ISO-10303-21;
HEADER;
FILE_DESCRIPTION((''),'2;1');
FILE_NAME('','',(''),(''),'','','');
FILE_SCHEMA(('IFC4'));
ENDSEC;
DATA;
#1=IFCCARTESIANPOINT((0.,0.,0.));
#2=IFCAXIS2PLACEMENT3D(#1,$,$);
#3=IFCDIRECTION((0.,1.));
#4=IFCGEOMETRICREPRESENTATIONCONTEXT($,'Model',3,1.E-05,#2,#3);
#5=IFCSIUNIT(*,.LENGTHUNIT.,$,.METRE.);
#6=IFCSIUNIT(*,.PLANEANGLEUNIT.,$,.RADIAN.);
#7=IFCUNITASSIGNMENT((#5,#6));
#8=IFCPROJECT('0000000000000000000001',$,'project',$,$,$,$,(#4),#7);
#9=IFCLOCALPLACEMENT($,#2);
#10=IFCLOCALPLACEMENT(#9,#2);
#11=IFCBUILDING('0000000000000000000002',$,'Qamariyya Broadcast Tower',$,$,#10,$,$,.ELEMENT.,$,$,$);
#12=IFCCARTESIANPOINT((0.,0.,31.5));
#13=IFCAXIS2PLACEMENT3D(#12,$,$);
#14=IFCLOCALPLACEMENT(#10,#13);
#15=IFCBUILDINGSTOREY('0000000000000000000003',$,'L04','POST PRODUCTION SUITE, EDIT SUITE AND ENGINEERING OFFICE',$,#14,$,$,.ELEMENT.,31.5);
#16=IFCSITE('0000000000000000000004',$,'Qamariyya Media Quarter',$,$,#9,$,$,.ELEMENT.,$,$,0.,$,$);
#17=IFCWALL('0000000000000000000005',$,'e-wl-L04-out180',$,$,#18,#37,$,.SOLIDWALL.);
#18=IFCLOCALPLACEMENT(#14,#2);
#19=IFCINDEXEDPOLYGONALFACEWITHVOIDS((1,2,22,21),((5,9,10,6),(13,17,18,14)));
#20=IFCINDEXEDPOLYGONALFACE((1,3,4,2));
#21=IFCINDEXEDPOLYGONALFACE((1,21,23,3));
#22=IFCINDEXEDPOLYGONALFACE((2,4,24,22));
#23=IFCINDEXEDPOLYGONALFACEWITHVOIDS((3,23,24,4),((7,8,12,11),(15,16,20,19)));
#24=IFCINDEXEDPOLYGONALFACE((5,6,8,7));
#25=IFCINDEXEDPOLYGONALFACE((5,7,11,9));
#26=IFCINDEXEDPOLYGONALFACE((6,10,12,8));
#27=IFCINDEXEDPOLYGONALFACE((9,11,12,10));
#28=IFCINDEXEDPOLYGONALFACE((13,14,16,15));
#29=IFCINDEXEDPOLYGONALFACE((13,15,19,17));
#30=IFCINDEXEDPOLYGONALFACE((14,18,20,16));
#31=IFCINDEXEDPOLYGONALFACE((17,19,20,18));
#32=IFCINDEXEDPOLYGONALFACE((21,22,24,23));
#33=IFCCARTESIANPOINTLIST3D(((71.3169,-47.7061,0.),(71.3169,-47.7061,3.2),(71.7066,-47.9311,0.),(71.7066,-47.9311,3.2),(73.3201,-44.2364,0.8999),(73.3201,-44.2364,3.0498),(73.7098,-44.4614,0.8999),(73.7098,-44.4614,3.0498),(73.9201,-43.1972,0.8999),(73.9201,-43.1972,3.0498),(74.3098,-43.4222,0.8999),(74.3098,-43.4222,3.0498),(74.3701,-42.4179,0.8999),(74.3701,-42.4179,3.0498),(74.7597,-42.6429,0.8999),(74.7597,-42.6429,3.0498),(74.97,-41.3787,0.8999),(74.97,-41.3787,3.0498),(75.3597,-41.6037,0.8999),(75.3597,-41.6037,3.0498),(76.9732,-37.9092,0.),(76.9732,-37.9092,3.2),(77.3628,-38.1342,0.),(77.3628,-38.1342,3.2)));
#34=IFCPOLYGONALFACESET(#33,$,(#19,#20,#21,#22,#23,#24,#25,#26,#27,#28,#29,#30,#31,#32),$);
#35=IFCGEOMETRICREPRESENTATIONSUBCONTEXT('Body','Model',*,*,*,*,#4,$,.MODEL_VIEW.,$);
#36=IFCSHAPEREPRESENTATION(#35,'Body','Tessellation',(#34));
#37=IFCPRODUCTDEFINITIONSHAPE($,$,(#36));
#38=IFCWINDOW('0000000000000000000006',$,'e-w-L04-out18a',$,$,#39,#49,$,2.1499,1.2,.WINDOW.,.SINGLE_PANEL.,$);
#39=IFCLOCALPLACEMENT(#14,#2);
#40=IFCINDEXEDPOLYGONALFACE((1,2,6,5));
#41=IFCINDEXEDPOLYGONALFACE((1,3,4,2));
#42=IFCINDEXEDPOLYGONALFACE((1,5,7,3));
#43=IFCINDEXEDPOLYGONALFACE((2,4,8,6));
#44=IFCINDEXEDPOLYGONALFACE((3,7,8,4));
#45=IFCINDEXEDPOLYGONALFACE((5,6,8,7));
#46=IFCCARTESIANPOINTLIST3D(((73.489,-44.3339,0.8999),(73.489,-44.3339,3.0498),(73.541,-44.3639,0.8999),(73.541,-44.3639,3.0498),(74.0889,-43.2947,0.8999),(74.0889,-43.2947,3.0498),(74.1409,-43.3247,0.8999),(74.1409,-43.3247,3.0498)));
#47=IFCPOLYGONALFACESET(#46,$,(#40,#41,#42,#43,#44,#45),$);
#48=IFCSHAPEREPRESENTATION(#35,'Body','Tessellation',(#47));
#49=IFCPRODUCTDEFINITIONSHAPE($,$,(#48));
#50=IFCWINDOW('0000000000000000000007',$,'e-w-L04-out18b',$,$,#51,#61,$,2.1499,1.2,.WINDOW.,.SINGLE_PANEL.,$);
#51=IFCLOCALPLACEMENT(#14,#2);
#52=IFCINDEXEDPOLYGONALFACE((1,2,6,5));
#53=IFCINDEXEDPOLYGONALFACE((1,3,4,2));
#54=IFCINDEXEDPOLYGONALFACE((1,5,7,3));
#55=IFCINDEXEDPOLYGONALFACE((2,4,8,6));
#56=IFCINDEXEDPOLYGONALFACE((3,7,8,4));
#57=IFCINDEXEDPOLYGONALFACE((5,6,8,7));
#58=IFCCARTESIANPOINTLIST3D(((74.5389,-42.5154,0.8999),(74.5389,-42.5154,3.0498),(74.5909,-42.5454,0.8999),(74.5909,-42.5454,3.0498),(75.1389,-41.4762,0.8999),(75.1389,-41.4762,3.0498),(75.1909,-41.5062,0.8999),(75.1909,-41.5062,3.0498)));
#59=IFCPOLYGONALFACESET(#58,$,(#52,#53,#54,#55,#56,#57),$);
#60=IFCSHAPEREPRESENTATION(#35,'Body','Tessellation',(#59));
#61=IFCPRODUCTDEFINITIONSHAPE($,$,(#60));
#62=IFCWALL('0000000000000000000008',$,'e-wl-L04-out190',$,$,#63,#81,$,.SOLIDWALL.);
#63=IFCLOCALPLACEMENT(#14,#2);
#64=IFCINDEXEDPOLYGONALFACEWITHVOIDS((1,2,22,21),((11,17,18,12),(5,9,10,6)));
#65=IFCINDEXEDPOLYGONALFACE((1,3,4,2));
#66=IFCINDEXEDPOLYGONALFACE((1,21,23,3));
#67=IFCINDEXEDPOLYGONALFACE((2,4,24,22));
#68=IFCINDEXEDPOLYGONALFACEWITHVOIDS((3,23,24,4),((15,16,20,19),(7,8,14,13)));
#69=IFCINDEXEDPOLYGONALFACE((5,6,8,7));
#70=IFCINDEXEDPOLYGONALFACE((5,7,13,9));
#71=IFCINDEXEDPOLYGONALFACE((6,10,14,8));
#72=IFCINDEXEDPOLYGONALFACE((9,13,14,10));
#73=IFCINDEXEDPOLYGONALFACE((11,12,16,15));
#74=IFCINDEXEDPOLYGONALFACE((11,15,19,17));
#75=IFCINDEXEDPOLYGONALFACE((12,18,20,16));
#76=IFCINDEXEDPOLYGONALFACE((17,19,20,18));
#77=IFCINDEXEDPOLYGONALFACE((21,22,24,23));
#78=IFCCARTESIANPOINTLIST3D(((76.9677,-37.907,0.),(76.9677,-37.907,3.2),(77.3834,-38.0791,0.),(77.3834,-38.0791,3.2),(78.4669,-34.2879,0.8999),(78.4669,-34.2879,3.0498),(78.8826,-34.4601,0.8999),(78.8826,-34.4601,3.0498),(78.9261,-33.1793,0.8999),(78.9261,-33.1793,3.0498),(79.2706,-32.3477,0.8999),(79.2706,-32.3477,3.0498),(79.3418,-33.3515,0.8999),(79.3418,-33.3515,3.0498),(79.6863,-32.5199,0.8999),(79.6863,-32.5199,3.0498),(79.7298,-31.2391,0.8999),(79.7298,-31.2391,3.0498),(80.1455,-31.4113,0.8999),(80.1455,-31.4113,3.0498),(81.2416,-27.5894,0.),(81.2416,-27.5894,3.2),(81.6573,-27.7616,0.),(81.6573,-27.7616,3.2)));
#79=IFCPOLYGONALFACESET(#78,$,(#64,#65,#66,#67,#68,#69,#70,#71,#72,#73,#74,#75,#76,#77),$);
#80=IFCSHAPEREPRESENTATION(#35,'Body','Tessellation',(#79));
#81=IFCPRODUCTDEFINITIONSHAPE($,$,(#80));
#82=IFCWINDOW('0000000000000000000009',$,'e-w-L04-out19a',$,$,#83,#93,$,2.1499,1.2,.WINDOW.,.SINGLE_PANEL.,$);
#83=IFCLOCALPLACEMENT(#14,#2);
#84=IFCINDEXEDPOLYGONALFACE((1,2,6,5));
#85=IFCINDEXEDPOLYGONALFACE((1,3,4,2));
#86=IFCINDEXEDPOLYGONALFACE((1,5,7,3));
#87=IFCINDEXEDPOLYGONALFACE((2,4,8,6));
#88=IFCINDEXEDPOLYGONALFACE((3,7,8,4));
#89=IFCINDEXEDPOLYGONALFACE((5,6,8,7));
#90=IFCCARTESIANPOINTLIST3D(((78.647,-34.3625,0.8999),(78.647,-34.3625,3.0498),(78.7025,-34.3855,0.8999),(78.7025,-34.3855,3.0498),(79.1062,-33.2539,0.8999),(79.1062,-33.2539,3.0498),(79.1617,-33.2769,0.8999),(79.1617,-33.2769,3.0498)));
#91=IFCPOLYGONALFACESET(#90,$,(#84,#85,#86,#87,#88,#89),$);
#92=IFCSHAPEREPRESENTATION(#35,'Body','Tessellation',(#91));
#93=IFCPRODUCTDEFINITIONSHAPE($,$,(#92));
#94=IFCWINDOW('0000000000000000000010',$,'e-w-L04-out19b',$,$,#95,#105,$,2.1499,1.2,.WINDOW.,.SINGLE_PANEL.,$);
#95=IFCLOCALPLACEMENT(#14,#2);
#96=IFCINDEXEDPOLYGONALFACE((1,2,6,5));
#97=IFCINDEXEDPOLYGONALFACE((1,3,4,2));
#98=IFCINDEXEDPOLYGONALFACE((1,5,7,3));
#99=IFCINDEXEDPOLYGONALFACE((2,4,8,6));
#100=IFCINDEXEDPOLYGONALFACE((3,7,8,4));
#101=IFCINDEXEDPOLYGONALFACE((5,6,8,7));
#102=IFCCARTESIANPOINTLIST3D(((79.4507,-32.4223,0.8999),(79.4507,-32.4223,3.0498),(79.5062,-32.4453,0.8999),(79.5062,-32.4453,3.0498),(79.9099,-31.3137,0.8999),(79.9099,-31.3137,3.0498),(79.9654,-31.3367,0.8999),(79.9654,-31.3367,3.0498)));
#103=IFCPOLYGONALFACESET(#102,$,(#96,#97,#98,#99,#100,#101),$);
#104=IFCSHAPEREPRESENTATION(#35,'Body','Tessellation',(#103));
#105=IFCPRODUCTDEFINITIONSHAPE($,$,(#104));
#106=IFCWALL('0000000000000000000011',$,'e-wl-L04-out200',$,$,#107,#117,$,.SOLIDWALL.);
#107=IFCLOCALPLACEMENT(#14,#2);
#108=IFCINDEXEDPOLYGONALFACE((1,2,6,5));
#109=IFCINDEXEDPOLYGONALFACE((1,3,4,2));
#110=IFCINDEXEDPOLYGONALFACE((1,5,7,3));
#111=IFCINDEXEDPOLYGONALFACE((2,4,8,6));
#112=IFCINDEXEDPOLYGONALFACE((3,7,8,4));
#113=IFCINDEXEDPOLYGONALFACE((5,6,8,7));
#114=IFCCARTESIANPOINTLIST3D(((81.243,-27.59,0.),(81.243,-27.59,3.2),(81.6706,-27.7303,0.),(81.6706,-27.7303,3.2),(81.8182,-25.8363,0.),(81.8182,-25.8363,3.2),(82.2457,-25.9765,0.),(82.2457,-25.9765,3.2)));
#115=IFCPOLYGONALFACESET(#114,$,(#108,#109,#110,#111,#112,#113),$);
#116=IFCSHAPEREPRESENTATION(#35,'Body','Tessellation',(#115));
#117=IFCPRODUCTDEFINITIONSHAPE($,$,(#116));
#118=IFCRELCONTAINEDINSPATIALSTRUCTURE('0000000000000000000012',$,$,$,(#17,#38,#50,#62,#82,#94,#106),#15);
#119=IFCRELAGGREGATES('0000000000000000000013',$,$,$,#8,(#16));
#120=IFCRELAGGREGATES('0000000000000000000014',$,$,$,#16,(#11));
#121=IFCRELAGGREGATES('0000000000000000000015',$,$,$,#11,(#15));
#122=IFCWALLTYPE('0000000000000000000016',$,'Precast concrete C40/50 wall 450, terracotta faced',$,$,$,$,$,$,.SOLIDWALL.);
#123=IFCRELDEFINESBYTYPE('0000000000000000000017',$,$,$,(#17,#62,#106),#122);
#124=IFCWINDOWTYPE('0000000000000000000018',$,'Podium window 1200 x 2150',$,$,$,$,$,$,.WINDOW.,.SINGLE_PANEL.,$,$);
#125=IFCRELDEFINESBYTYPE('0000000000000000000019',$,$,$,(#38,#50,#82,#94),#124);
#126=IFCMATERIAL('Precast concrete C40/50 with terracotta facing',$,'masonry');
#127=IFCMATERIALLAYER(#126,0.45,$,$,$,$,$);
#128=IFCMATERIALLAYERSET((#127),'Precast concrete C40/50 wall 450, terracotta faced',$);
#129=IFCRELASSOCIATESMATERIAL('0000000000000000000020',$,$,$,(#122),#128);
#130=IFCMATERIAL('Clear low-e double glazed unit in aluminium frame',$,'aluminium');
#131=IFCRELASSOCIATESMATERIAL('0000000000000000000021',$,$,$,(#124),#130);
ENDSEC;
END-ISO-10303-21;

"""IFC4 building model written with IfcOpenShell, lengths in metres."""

from ifc_helpers import new_model, si_unit, direction, frame, frame_2d, origin, place, context, subcontext, project, spatial, rectangle, extrude, material, layer, layer_set, type_object, element, fill, save


model = new_model("IFC4")

# Units and contexts
model_context = context("Model", 3, precision=1e-05, world=origin(), true_north=direction((0.0, 1.0)))
body_context = subcontext(model_context, "Body", "Model", "MODEL_VIEW")
ifc_project = project(units=[si_unit("LENGTHUNIT", "METRE"), si_unit("PLANEANGLEUNIT", "RADIAN")], contexts=[model_context])

# Site, building, storey
site_placement = place(None, origin())
site = spatial("IfcSite", under=ifc_project, at=site_placement, Name="Qamariyya Media Quarter", CompositionType="ELEMENT", RefElevation=0.0)
building_placement = place(site_placement, origin())
building = spatial("IfcBuilding", under=site, at=building_placement, Name="Qamariyya Broadcast Tower", CompositionType="ELEMENT")
storey_placement = place(building_placement, frame((0.0, 0.0, 31.5)))
storey = spatial("IfcBuildingStorey", under=building, at=storey_placement, Name="L04", Description="POST PRODUCTION SUITE, EDIT SUITE AND ENGINEERING OFFICE", CompositionType="ELEMENT", Elevation=31.5)

# Shared definitions
ifc_material_1 = material(Name="Precast concrete C40/50 with terracotta facing", Category="masonry")
ifc_layer_1 = layer(ifc_material_1, 0.45)
ifc_layer_set_1 = layer_set([ifc_layer_1], Name="Precast concrete C40/50 wall 450, terracotta faced")
wall_type_1 = type_object("IfcWallType", Name="Precast concrete C40/50 wall 450, terracotta faced", PredefinedType="SOLIDWALL", material=ifc_layer_set_1)

# Walls, openings, windows
wall_1_placement = place(storey_placement, frame((71.5117, -47.8186, 0.0), z_axis=(0.0, 0.0, 1.0), x_axis=(0.500001, 0.866025, 0.0)))
wall_1 = element("IfcWall", 1, at=wall_1_placement, inside=storey, type_object=wall_type_1, Name="e-wl-L04-out180", PredefinedType="SOLIDWALL", context=body_context, shape_type="SweptSolid", body=[
    extrude(rectangle(XDim=11.3125, YDim=0.45, at=frame_2d((5.6562, 0.0))), origin(), (0.0, 0.0, 1.0), 3.2),
])
opening_1_placement = place(wall_1_placement, frame((4.0063, 0.0, 0.8999)))
opening_1 = element("IfcOpeningElement", 2, at=opening_1_placement, cuts=wall_1, PredefinedType="OPENING", context=body_context, shape_type="SweptSolid", body=[
    extrude(rectangle(XDim=1.2, YDim=2.1499, at=frame_2d((0.6001, 1.075))), frame((0.0, 0.2349, 0.0), z_axis=(0.0, -1.0, 0.0), x_axis=(1.0, 0.0, 0.0)), (0.0, 0.0, 1.0), 0.47),
])
opening_2_placement = place(wall_1_placement, frame((6.1062, 0.0, 0.8999)))
opening_2 = element("IfcOpeningElement", 3, at=opening_2_placement, cuts=wall_1, PredefinedType="OPENING", context=body_context, shape_type="SweptSolid", body=[
    extrude(rectangle(XDim=1.2, YDim=2.1499, at=frame_2d((0.6001, 1.075))), frame((0.0, 0.2349, 0.0), z_axis=(0.0, -1.0, 0.0), x_axis=(1.0, 0.0, 0.0)), (0.0, 0.0, 1.0), 0.47),
])
ifc_material_2 = material(Name="Clear low-e double glazed unit in aluminium frame", Category="aluminium")
window_type = type_object("IfcWindowType", Name="Podium window 1200 x 2150", PartitioningType="SINGLE_PANEL", PredefinedType="WINDOW", material=ifc_material_2)
window_1_placement = place(opening_1_placement, origin())
window_1 = element("IfcWindow", 4, at=window_1_placement, inside=storey, type_object=window_type, Name="e-w-L04-out18a", OverallHeight=2.1499, OverallWidth=1.2, PartitioningType="SINGLE_PANEL", PredefinedType="WINDOW", context=body_context, shape_type="SweptSolid", body=[
    extrude(rectangle(XDim=1.2, YDim=2.1499, at=frame_2d((0.6001, 1.075))), frame((0.0, 0.03, 0.0), z_axis=(0.0, -1.0, 0.0), x_axis=(1.0, 0.0, 0.0)), (0.0, 0.0, 1.0), 0.0601),
])
fill(opening_1, window_1)
window_2_placement = place(opening_2_placement, origin())
window_2 = element("IfcWindow", 5, at=window_2_placement, inside=storey, type_object=window_type, Name="e-w-L04-out18b", OverallHeight=2.1499, OverallWidth=1.2, PartitioningType="SINGLE_PANEL", PredefinedType="WINDOW", context=body_context, shape_type="SweptSolid", body=[
    extrude(rectangle(XDim=1.2, YDim=2.1499, at=frame_2d((0.6001, 1.075))), frame((0.0, 0.03, 0.0), z_axis=(0.0, -1.0, 0.0), x_axis=(1.0, 0.0, 0.0)), (0.0, 0.0, 1.0), 0.0601),
])
fill(opening_2, window_2)
wall_2_placement = place(storey_placement, frame((77.1755, -37.9932, 0.0), z_axis=(0.0, 0.0, 1.0), x_axis=(0.382701, 0.923872, 0.0)))
wall_2 = element("IfcWall", 6, at=wall_2_placement, inside=storey, type_object=wall_type_1, Name="e-wl-L04-out190", PredefinedType="SOLIDWALL", context=body_context, shape_type="SweptSolid", body=[
    extrude(rectangle(XDim=11.1677, YDim=0.45, at=frame_2d((5.584, 0.0))), origin(), (0.0, 0.0, 1.0), 3.2),
])
opening_3_placement = place(wall_2_placement, frame((3.9172, 0.0, 0.8999)))
opening_3 = element("IfcOpeningElement", 7, at=opening_3_placement, cuts=wall_2, PredefinedType="OPENING", context=body_context, shape_type="SweptSolid", body=[
    extrude(rectangle(XDim=1.2, YDim=2.1499, at=frame_2d((0.6001, 1.075))), frame((0.0, 0.2349, 0.0), z_axis=(0.0, -1.0, 0.0), x_axis=(1.0, 0.0, 0.0)), (0.0, 0.0, 1.0), 0.47),
])
opening_4_placement = place(wall_2_placement, frame((6.0173, 0.0, 0.8999)))
opening_4 = element("IfcOpeningElement", 8, at=opening_4_placement, cuts=wall_2, PredefinedType="OPENING", context=body_context, shape_type="SweptSolid", body=[
    extrude(rectangle(XDim=1.2, YDim=2.1499, at=frame_2d((0.6001, 1.075))), frame((0.0, 0.2349, 0.0), z_axis=(0.0, -1.0, 0.0), x_axis=(1.0, 0.0, 0.0)), (0.0, 0.0, 1.0), 0.47),
])
window_3_placement = place(opening_3_placement, origin())
window_3 = element("IfcWindow", 9, at=window_3_placement, inside=storey, type_object=window_type, Name="e-w-L04-out19a", OverallHeight=2.1499, OverallWidth=1.2, PartitioningType="SINGLE_PANEL", PredefinedType="WINDOW", context=body_context, shape_type="SweptSolid", body=[
    extrude(rectangle(XDim=1.2, YDim=2.1499, at=frame_2d((0.6001, 1.075))), frame((0.0, 0.03, 0.0), z_axis=(0.0, -1.0, 0.0), x_axis=(1.0, 0.0, 0.0)), (0.0, 0.0, 1.0), 0.0601),
])
fill(opening_3, window_3)
window_4_placement = place(opening_4_placement, origin())
window_4 = element("IfcWindow", 10, at=window_4_placement, inside=storey, type_object=window_type, Name="e-w-L04-out19b", OverallHeight=2.1499, OverallWidth=1.2, PartitioningType="SINGLE_PANEL", PredefinedType="WINDOW", context=body_context, shape_type="SweptSolid", body=[
    extrude(rectangle(XDim=1.2, YDim=2.1499, at=frame_2d((0.6001, 1.075))), frame((0.0, 0.03, 0.0), z_axis=(0.0, -1.0, 0.0), x_axis=(1.0, 0.0, 0.0)), (0.0, 0.0, 1.0), 0.0601),
])
fill(opening_4, window_4)

# Wall
wall_3_placement = place(storey_placement, frame((81.4568, -27.6602, 0.0), z_axis=(0.0, 0.0, 1.0), x_axis=(0.311621, 0.950206, 0.0)))
element("IfcWall", 11, at=wall_3_placement, inside=storey, type_object=wall_type_1, Name="e-wl-L04-out200", PredefinedType="SOLIDWALL", context=body_context, shape_type="SweptSolid", body=[
    extrude(rectangle(XDim=1.8457, YDim=0.45, at=frame_2d((0.9229, 0.0))), origin(), (0.0, 0.0, 1.0), 3.2),
])

save(model, "model.ifc")
